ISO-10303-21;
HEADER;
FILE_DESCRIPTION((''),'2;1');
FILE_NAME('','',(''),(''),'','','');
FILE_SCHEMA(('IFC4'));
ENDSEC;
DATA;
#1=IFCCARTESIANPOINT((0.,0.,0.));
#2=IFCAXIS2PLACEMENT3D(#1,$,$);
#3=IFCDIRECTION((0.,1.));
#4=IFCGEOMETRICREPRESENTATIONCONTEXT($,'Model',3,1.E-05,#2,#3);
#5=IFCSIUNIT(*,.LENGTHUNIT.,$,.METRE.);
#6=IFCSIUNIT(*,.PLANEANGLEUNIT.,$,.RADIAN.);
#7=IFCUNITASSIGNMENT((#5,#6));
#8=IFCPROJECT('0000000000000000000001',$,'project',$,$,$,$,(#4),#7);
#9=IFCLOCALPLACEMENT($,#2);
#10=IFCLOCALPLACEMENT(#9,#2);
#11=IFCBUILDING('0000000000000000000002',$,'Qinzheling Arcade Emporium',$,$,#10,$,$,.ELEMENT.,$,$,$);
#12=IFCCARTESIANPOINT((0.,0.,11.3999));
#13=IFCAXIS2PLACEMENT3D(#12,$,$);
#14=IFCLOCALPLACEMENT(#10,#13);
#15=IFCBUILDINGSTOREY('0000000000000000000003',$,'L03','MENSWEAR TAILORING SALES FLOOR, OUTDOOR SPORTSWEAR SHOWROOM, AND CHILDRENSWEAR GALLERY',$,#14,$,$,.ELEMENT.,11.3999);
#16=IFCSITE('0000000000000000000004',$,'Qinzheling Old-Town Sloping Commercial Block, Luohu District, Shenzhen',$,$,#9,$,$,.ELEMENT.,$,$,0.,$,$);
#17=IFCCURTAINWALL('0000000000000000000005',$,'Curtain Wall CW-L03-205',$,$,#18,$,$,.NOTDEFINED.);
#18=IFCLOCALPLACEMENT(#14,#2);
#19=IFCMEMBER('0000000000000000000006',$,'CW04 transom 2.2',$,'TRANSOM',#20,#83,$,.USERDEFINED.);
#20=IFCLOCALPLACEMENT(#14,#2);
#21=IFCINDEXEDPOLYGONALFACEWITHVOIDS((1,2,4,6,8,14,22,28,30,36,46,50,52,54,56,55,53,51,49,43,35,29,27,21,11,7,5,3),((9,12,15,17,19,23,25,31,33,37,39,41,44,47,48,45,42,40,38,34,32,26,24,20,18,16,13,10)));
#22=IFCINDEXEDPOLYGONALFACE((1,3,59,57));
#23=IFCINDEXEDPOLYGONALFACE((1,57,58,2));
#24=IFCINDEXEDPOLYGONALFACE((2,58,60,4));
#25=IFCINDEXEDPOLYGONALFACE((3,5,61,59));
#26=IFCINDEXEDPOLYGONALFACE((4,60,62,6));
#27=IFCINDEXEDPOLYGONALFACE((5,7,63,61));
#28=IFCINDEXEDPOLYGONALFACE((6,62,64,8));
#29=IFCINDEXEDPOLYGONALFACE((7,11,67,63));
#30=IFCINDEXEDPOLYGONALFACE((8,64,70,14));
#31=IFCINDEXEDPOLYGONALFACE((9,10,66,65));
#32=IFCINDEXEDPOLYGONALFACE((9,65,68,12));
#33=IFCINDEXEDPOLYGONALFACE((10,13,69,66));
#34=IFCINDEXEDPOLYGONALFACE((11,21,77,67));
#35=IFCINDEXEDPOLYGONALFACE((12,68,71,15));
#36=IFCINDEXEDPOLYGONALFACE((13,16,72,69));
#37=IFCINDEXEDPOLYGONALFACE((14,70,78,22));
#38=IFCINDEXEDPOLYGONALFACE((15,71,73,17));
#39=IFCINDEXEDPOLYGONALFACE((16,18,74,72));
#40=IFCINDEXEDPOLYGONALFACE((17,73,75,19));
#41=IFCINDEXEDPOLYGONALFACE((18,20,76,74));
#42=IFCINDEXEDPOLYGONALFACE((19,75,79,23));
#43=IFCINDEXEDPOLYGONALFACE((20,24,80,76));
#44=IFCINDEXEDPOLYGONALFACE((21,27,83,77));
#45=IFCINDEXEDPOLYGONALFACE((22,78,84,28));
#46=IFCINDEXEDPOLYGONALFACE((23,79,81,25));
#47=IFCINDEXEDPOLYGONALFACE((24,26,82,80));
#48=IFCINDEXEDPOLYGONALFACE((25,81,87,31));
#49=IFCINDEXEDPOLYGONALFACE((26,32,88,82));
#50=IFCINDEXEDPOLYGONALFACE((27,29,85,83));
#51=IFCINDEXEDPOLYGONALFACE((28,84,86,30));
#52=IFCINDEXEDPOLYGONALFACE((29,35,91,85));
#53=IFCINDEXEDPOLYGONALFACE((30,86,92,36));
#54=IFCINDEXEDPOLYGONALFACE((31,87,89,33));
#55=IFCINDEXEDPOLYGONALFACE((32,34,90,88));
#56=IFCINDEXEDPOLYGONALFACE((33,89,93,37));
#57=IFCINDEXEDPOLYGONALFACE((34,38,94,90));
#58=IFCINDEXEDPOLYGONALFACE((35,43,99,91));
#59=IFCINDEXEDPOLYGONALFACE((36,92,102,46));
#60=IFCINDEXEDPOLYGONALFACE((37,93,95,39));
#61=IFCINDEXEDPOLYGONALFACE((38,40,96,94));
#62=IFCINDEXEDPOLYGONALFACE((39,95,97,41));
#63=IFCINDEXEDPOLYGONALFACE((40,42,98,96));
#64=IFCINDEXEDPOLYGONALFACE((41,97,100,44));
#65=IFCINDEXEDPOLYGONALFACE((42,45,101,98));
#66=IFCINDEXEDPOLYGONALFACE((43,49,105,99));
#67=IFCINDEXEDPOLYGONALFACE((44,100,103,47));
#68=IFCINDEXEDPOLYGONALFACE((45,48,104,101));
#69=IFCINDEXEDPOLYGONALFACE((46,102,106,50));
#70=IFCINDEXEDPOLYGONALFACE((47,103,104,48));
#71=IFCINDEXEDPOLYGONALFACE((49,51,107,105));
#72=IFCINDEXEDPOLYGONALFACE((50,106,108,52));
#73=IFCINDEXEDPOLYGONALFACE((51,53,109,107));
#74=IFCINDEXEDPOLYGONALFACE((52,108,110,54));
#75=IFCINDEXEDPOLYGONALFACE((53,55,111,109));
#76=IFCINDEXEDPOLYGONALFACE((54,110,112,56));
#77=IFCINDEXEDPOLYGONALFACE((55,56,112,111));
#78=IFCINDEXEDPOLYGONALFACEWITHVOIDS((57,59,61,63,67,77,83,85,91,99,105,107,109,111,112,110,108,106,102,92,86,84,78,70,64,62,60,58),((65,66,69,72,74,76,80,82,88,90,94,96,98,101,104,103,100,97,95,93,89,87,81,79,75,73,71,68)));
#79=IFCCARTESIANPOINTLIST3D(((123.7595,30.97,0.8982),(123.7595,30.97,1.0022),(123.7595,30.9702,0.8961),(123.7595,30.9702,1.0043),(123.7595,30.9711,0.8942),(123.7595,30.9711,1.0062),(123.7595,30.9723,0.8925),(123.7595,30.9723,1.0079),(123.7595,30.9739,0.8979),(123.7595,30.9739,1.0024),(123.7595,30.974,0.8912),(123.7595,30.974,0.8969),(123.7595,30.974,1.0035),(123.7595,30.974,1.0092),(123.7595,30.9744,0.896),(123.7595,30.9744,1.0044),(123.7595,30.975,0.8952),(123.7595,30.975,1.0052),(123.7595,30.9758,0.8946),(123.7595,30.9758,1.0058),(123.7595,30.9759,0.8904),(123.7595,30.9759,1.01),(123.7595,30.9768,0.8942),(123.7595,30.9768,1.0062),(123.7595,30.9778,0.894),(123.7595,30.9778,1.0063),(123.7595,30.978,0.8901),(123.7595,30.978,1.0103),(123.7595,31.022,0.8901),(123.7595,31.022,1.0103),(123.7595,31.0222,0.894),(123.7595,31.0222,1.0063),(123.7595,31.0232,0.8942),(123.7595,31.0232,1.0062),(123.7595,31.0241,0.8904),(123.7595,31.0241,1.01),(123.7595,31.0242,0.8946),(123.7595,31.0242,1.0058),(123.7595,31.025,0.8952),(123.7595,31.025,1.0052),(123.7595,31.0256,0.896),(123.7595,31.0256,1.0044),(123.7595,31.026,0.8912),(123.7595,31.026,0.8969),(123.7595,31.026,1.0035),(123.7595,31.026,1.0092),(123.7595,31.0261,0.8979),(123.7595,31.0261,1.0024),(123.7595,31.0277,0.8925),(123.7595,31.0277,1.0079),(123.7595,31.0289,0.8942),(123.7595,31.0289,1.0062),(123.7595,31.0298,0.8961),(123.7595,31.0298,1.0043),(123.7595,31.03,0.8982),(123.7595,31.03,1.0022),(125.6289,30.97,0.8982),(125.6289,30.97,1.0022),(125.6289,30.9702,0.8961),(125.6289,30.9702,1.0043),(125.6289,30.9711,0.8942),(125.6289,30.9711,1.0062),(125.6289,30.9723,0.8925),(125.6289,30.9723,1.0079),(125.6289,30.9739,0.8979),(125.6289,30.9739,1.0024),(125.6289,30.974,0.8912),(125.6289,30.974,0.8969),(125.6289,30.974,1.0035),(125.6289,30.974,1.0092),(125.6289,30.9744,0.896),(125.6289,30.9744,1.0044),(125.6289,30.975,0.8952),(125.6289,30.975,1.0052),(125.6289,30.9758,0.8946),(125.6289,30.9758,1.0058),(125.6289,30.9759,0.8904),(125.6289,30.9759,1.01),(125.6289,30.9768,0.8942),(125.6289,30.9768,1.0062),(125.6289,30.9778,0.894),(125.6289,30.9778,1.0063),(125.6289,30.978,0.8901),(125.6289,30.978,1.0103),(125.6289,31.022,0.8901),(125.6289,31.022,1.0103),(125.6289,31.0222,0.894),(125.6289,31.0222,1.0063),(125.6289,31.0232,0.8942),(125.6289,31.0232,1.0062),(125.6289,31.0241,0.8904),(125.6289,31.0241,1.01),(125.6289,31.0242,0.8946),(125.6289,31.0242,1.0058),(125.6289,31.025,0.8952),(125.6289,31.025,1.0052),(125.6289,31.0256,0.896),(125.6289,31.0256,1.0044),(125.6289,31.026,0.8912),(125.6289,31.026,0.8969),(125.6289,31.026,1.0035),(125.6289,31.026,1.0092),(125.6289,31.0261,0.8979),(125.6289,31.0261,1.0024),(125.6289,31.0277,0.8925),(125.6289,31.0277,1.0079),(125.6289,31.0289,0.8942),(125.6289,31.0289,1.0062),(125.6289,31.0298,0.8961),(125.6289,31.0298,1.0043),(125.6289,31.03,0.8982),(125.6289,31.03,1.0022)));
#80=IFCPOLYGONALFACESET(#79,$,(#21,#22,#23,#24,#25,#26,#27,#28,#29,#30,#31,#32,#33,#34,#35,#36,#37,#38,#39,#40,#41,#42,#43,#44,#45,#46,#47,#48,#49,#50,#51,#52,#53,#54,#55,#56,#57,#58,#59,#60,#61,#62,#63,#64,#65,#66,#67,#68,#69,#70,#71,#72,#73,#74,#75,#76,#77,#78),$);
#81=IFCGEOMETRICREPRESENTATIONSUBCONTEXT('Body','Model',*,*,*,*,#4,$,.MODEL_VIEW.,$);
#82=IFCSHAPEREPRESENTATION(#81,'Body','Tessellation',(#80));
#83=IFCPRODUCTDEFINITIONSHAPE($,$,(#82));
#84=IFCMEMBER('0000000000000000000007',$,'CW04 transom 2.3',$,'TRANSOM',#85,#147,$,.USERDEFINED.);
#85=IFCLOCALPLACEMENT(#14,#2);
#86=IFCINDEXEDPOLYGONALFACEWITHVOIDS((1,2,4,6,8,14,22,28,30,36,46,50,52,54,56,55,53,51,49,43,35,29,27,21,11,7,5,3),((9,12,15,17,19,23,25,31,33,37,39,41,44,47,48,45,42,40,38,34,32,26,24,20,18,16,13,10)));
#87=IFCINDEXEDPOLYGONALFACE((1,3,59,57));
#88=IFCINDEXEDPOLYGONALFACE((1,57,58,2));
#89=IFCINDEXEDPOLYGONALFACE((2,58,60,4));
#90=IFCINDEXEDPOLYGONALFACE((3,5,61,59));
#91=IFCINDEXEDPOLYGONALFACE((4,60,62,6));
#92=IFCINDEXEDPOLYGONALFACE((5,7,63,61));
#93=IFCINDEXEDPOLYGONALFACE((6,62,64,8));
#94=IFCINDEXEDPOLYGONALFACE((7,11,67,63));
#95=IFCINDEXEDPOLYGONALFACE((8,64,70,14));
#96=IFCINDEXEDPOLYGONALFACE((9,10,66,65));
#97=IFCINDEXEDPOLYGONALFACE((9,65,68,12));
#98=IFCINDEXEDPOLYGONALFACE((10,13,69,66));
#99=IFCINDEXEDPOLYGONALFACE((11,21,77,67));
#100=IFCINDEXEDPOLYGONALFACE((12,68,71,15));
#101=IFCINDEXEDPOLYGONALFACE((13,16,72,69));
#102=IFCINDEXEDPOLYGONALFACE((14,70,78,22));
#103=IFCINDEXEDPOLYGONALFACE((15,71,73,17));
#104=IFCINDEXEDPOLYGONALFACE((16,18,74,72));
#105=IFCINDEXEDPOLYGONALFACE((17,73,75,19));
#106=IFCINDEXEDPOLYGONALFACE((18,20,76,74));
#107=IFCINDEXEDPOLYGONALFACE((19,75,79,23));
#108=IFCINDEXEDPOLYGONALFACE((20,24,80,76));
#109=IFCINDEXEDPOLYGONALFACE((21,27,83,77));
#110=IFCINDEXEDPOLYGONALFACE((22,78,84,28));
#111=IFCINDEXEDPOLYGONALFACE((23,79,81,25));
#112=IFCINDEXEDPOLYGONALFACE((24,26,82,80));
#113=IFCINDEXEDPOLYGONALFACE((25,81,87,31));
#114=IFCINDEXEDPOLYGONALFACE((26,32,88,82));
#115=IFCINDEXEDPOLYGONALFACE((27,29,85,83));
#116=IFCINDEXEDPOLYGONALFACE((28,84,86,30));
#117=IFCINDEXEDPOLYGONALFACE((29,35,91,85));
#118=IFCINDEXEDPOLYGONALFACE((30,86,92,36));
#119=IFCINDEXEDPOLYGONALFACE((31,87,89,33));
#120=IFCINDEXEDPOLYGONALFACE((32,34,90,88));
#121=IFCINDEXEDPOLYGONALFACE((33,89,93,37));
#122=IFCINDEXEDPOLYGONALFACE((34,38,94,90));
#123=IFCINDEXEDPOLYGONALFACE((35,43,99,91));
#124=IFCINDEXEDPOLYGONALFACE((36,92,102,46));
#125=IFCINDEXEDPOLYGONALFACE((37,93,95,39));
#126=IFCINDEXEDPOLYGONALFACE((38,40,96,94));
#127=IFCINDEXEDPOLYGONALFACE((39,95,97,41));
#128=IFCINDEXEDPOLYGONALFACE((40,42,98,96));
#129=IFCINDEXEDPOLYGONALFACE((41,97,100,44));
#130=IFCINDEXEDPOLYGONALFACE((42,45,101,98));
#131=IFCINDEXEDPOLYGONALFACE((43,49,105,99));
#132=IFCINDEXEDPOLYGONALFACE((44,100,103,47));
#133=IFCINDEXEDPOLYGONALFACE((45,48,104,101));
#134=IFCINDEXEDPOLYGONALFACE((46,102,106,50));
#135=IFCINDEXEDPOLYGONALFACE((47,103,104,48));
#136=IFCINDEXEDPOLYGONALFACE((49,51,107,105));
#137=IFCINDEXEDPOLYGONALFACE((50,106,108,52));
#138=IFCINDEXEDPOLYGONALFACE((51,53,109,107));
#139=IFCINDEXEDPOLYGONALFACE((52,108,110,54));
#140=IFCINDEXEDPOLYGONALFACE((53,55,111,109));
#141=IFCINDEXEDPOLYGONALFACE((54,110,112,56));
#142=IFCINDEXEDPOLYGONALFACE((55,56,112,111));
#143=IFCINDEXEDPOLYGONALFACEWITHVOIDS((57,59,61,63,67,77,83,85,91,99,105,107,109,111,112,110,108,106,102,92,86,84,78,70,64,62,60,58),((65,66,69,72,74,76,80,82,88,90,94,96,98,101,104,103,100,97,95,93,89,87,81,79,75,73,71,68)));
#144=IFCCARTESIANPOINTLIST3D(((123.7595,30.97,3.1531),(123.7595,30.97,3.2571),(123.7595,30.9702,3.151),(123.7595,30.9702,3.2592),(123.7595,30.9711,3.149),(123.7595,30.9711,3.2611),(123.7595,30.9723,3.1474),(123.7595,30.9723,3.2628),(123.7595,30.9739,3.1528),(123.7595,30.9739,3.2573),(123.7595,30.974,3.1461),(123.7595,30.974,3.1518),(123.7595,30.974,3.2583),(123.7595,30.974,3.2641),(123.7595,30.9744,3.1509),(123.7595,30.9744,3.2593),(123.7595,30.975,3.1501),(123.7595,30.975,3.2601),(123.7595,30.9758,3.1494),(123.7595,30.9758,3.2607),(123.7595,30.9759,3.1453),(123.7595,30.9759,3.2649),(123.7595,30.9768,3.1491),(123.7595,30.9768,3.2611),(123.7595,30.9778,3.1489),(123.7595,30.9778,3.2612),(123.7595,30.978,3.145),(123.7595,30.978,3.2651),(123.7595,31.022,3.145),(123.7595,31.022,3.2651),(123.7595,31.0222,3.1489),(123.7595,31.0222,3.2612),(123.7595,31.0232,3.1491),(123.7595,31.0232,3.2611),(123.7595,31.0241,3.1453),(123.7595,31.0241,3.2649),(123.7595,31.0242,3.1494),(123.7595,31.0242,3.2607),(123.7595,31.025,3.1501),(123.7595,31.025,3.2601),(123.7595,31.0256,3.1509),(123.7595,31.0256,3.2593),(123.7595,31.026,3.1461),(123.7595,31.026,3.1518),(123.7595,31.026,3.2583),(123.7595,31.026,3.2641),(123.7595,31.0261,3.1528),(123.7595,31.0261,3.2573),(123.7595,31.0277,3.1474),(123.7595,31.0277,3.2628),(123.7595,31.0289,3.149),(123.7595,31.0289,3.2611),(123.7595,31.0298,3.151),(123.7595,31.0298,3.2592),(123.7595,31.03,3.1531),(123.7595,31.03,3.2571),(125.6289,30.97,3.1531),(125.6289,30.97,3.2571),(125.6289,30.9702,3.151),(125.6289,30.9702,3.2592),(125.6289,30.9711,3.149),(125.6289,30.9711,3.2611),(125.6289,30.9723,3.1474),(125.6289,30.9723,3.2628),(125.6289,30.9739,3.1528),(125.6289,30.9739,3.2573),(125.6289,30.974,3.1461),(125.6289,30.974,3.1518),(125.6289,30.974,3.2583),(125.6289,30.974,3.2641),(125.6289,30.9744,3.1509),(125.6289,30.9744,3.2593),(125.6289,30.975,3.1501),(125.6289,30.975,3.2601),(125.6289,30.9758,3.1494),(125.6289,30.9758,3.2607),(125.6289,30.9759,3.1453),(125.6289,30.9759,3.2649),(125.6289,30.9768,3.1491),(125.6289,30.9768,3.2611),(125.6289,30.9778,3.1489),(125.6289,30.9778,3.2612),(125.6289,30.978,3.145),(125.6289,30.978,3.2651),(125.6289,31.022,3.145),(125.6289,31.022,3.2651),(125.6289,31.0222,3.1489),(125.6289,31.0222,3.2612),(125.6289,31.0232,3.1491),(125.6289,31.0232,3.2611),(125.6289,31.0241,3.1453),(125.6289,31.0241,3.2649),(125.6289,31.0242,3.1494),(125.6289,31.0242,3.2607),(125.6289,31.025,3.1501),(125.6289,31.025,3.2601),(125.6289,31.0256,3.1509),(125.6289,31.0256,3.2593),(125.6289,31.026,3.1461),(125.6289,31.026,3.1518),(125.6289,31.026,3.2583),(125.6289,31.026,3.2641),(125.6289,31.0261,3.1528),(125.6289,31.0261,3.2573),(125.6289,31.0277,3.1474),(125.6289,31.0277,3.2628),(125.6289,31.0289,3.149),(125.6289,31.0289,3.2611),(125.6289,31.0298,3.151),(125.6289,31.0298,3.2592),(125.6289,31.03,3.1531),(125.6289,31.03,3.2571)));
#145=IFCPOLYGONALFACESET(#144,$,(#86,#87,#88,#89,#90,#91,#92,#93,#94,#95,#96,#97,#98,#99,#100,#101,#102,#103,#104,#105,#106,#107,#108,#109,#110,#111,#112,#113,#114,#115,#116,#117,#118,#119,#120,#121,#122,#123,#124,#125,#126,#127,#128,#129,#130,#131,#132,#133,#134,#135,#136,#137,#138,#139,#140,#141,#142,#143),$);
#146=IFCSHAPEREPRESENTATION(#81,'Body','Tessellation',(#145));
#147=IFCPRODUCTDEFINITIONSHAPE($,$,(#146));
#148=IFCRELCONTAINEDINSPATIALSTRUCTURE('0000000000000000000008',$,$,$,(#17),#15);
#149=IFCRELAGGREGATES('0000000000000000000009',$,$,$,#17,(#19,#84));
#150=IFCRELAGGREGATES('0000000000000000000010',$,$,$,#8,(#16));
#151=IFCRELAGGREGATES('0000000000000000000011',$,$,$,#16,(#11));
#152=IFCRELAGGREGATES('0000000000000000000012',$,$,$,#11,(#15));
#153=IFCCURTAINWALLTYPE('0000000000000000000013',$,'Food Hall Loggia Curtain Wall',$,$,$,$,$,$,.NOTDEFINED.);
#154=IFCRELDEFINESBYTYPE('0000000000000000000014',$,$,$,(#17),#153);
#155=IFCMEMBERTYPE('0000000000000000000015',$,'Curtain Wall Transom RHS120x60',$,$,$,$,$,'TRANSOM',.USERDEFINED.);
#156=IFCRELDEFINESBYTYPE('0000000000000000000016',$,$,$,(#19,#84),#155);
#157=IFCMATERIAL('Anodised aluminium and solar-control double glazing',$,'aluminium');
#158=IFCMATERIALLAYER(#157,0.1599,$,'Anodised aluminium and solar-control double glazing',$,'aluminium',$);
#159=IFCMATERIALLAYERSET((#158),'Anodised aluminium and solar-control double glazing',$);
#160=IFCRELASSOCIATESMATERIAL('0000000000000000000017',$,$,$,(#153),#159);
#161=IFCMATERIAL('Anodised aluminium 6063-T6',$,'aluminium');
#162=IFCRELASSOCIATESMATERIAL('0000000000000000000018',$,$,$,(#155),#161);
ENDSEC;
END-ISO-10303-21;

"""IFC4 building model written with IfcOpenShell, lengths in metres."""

from ifc_helpers import new_model, si_unit, direction, frame, origin, origin_2d, place, context, subcontext, project, spatial, hollow_rectangle, extrude, material, layer, layer_set, material_profile, profile_set, type_object, element, aggregate, save


model = new_model("IFC4")

# Units and contexts
model_context = context("Model", 3, precision=1e-05, world=origin(), true_north=direction((0.0, 1.0)))
body_context = subcontext(model_context, "Body", "Model", "MODEL_VIEW")
ifc_project = project(units=[si_unit("LENGTHUNIT", "METRE"), si_unit("PLANEANGLEUNIT", "RADIAN")], contexts=[model_context])

# Site, building, storey
site_placement = place(None, origin())
site = spatial("IfcSite", under=ifc_project, at=site_placement, Name="Qinzheling Old-Town Sloping Commercial Block, Luohu District, Shenzhen", CompositionType="ELEMENT", RefElevation=0.0)
building_placement = place(site_placement, origin())
building = spatial("IfcBuilding", under=site, at=building_placement, Name="Qinzheling Arcade Emporium", CompositionType="ELEMENT")
storey_placement = place(building_placement, frame((0.0, 0.0, 11.3999)))
storey = spatial("IfcBuildingStorey", under=building, at=storey_placement, Name="L03", Description="MENSWEAR TAILORING SALES FLOOR, OUTDOOR SPORTSWEAR SHOWROOM, AND CHILDRENSWEAR GALLERY", CompositionType="ELEMENT", Elevation=11.3999)

# Shared definitions
ifc_material_1 = material(Name="Anodised aluminium and solar-control double glazing", Category="aluminium")
ifc_layer_1 = layer(ifc_material_1, 0.1599, Name="Anodised aluminium and solar-control double glazing", Category="aluminium")
ifc_layer_set_1 = layer_set([ifc_layer_1], Name="Anodised aluminium and solar-control double glazing")
curtain_wall_type = type_object("IfcCurtainWallType", Name="Food Hall Loggia Curtain Wall", PredefinedType="NOTDEFINED", material=ifc_layer_set_1)
ifc_material_2 = material(Name="Anodised aluminium 6063-T6", Category="aluminium")

# Curtain wall
curtain_wall_1_placement = place(storey_placement, origin())
curtain_wall_1 = element("IfcCurtainWall", 1, at=curtain_wall_1_placement, inside=storey, type_object=curtain_wall_type, Name="Curtain Wall CW-L03-205", PredefinedType="NOTDEFINED")

# Members
ifc_material_profile_1 = material_profile(ifc_material_2, hollow_rectangle(XDim=0.0601, YDim=0.1201, WallThickness=0.0039, InnerFilletRadius=0.0039, OuterFilletRadius=0.0081, at=origin_2d()), Name="RHS 120x60x4", Category="aluminium")
ifc_profile_set_1 = profile_set([ifc_material_profile_1], Name="Anodised aluminium 6063-T6")
member_type_1 = type_object("IfcMemberType", Name="Curtain Wall Transom RHS120x60", ElementType="TRANSOM", PredefinedType="USERDEFINED", material=ifc_profile_set_1)
member_1_placement = place(storey_placement, frame((123.7595, 31.0, 0.9502), z_axis=(1.0, 0.0, 0.0), x_axis=(0.0, 1.0, 0.0)))
member_1 = element("IfcMember", 2, at=member_1_placement, type_object=member_type_1, Name="CW04 transom 2.2", ObjectType="TRANSOM", PredefinedType="USERDEFINED", context=body_context, shape_type="SweptSolid", body=[
    extrude(hollow_rectangle(XDim=0.0601, YDim=0.1201, WallThickness=0.0039, InnerFilletRadius=0.0039, OuterFilletRadius=0.0081, at=origin_2d()), origin(), (0.0, 0.0, 1.0), 1.8694),
])
member_2_placement = place(storey_placement, frame((123.7595, 31.0, 3.2051), z_axis=(1.0, 0.0, 0.0), x_axis=(0.0, 1.0, 0.0)))
member_2 = element("IfcMember", 3, at=member_2_placement, type_object=member_type_1, Name="CW04 transom 2.3", ObjectType="TRANSOM", PredefinedType="USERDEFINED", context=body_context, shape_type="SweptSolid", body=[
    extrude(hollow_rectangle(XDim=0.0601, YDim=0.1201, WallThickness=0.0039, InnerFilletRadius=0.0039, OuterFilletRadius=0.0081, at=origin_2d()), origin(), (0.0, 0.0, 1.0), 1.8694),
])

aggregate(curtain_wall_1, [member_1, member_2])

save(model, "model.ifc")
